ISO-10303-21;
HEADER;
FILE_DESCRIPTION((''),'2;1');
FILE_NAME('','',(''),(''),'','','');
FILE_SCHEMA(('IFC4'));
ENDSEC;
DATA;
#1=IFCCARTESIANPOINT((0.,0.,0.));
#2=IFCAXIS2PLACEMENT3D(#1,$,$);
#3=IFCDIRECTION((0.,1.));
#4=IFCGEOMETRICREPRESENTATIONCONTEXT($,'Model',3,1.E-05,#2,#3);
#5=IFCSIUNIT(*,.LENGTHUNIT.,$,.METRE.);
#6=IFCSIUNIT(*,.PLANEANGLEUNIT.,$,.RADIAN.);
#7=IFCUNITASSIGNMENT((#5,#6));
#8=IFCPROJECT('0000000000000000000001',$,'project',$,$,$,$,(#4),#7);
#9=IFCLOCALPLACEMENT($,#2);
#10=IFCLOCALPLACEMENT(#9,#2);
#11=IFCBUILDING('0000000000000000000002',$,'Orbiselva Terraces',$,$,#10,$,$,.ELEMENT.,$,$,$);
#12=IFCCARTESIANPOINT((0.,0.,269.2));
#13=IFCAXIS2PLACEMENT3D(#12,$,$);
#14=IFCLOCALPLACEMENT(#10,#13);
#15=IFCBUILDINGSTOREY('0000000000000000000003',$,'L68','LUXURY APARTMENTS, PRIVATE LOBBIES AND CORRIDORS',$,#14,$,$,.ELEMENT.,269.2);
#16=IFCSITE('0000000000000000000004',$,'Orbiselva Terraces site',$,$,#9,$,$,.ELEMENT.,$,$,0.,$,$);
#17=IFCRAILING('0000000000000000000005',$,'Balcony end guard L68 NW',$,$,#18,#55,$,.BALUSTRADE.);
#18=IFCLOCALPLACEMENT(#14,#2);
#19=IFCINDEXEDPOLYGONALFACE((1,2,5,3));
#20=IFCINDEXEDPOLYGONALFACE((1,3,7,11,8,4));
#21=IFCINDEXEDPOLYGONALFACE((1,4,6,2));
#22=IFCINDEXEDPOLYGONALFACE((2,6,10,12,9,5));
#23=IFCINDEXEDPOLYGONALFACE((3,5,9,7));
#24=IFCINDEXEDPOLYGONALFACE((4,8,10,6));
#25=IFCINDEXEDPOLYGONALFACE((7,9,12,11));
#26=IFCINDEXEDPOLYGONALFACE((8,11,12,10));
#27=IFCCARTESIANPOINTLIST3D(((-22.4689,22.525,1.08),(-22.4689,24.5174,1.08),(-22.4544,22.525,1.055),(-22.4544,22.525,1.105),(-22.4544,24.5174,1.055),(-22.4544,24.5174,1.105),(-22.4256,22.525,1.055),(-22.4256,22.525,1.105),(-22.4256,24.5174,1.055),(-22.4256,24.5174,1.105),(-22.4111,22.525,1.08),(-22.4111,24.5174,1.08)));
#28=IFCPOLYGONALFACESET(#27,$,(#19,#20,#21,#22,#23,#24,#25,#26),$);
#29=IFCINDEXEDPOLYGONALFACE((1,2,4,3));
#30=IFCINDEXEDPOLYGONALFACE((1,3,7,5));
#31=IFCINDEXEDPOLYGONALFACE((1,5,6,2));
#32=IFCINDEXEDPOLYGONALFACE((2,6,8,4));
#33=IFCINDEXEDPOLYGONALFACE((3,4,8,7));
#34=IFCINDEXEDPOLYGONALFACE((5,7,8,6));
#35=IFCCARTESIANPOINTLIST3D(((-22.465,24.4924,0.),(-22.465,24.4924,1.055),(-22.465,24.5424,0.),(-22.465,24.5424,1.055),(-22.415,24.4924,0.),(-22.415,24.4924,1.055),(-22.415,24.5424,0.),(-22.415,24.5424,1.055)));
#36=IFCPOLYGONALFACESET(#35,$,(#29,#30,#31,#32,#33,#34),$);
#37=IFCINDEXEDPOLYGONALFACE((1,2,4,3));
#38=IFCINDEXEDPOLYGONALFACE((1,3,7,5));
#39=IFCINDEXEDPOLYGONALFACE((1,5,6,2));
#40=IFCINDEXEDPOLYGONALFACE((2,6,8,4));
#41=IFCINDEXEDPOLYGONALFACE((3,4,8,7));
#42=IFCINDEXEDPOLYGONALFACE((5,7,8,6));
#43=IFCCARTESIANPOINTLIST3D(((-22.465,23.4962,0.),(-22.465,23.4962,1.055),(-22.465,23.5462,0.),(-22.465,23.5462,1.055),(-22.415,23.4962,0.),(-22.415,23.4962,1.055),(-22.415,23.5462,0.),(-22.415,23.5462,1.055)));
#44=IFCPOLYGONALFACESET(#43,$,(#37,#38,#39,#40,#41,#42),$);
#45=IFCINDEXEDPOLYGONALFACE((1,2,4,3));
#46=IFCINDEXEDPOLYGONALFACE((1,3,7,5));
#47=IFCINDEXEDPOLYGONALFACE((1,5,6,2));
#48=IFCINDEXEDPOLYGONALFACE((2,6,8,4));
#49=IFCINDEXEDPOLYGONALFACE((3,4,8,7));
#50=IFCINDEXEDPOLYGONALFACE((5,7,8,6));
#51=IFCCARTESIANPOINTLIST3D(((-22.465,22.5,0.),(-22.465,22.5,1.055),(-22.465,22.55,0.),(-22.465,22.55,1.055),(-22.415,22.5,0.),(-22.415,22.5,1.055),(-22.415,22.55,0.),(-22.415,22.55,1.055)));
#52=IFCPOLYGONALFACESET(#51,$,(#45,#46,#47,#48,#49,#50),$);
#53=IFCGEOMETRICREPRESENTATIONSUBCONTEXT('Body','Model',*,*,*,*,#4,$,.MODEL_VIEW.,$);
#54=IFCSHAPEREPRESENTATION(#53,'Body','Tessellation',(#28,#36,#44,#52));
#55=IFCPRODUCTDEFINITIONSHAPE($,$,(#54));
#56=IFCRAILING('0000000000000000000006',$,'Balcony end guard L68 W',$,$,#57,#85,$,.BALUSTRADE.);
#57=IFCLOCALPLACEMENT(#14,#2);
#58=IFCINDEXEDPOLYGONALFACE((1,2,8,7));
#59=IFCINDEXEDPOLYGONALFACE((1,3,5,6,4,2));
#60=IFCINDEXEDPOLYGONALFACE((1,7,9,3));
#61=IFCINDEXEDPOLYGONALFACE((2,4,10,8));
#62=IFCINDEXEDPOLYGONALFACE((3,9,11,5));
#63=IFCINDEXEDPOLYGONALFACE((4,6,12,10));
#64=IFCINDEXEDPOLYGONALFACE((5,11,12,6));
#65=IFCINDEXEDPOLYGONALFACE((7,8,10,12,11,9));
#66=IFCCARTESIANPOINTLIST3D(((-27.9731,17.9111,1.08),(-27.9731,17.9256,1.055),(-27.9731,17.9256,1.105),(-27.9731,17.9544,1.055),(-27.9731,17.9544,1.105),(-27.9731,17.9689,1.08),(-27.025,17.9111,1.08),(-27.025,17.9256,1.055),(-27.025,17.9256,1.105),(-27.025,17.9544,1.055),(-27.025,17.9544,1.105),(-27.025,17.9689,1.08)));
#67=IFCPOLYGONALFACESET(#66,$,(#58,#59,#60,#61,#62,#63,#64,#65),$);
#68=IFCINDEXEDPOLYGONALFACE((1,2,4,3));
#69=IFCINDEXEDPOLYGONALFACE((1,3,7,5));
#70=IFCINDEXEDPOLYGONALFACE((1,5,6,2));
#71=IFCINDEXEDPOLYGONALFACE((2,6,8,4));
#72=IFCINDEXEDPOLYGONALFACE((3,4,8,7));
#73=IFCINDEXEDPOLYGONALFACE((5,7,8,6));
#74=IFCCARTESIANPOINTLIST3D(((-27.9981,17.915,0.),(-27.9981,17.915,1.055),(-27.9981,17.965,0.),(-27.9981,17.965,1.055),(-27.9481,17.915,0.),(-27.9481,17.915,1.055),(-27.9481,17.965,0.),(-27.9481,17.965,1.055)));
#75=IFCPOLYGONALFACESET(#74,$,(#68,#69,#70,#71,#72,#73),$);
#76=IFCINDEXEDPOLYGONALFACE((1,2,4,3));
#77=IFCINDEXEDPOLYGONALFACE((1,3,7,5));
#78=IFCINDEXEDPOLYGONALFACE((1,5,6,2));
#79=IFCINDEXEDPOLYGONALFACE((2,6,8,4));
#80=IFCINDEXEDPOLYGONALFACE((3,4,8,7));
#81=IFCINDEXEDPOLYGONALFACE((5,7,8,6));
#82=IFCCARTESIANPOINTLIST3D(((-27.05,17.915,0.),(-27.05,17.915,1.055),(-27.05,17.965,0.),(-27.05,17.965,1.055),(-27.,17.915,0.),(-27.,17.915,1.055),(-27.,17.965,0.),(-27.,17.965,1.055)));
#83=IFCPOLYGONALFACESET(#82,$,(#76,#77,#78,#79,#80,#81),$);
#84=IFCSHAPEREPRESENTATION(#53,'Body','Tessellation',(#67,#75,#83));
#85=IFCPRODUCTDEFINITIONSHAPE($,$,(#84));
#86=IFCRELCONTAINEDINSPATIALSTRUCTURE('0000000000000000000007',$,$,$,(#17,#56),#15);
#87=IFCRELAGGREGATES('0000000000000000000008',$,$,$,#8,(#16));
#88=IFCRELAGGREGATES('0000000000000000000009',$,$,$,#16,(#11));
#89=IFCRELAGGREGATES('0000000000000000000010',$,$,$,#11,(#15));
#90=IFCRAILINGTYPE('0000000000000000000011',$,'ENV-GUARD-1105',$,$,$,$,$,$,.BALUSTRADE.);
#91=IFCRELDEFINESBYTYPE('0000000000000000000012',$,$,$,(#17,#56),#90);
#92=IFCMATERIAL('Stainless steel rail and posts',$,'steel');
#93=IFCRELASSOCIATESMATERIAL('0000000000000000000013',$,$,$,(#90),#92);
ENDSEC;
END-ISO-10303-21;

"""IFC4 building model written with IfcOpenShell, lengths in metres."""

from ifc_helpers import new_model, si_unit, direction, frame, origin, origin_2d, place, context, subcontext, project, spatial, polyline, rectangle, outline, extrude, material, type_object, element, save


model = new_model("IFC4")

# Units and contexts
model_context = context("Model", 3, precision=1e-05, world=origin(), true_north=direction((0.0, 1.0)))
body_context = subcontext(model_context, "Body", "Model", "MODEL_VIEW")
ifc_project = project(units=[si_unit("LENGTHUNIT", "METRE"), si_unit("PLANEANGLEUNIT", "RADIAN")], contexts=[model_context])

# Site, building, storey
site_placement = place(None, origin())
site = spatial("IfcSite", under=ifc_project, at=site_placement, Name="Orbiselva Terraces site", CompositionType="ELEMENT", RefElevation=0.0)
building_placement = place(site_placement, origin())
building = spatial("IfcBuilding", under=site, at=building_placement, Name="Orbiselva Terraces", CompositionType="ELEMENT")
storey_placement = place(building_placement, frame((0.0, 0.0, 269.2)))
storey = spatial("IfcBuildingStorey", under=building, at=storey_placement, Name="L68", Description="LUXURY APARTMENTS, PRIVATE LOBBIES AND CORRIDORS", CompositionType="ELEMENT", Elevation=269.2)

# Railings
ifc_material_1 = material(Name="Stainless steel rail and posts", Category="steel")
railing_type_1 = type_object("IfcRailingType", Name="ENV-GUARD-1105", PredefinedType="BALUSTRADE", material=ifc_material_1)
railing_1_placement = place(storey_placement, frame((-22.44, 24.5174, 0.0)))
element("IfcRailing", 1, at=railing_1_placement, inside=storey, type_object=railing_type_1, Name="Balcony end guard L68 NW", PredefinedType="BALUSTRADE", context=body_context, shape_type="SweptSolid", body=[
    extrude(outline(polyline([(0.0289, 0.0), (0.0144, 0.025), (-0.0144, 0.025), (-0.0289, 0.0), (-0.0144, -0.025), (0.0144, -0.025), (0.0289, 0.0)])), frame((0.0, 0.0, 1.08), z_axis=(0.0, -1.0, 0.0), x_axis=(1.0, 0.0, 0.0)), (0.0, 0.0, 1.0), 1.9924),
    extrude(rectangle(XDim=0.05, YDim=0.05, at=origin_2d()), origin(), (0.0, 0.0, 1.0), 1.055),
    extrude(rectangle(XDim=0.05, YDim=0.05, at=origin_2d()), frame((0.0, -0.9962, 0.0)), (0.0, 0.0, 1.0), 1.055),
    extrude(rectangle(XDim=0.05, YDim=0.05, at=origin_2d()), frame((0.0, -1.9924, 0.0)), (0.0, 0.0, 1.0), 1.055),
])
railing_2_placement = place(storey_placement, frame((-27.9731, 17.94, 0.0)))
element("IfcRailing", 2, at=railing_2_placement, inside=storey, type_object=railing_type_1, Name="Balcony end guard L68 W", PredefinedType="BALUSTRADE", context=body_context, shape_type="SweptSolid", body=[
    extrude(outline(polyline([(0.0289, 0.0), (0.0144, 0.025), (-0.0144, 0.025), (-0.0289, 0.0), (-0.0144, -0.025), (0.0144, -0.025), (0.0289, 0.0)])), frame((0.0, 0.0, 1.08), z_axis=(1.0, 0.0, 0.0), x_axis=(0.0, 1.0, 0.0)), (0.0, 0.0, 1.0), 0.9481),
    extrude(rectangle(XDim=0.05, YDim=0.05, at=origin_2d()), origin(), (0.0, 0.0, 1.0), 1.055),
    extrude(rectangle(XDim=0.05, YDim=0.05, at=origin_2d()), frame((0.9481, 0.0, 0.0)), (0.0, 0.0, 1.0), 1.055),
])

save(model, "model.ifc")
